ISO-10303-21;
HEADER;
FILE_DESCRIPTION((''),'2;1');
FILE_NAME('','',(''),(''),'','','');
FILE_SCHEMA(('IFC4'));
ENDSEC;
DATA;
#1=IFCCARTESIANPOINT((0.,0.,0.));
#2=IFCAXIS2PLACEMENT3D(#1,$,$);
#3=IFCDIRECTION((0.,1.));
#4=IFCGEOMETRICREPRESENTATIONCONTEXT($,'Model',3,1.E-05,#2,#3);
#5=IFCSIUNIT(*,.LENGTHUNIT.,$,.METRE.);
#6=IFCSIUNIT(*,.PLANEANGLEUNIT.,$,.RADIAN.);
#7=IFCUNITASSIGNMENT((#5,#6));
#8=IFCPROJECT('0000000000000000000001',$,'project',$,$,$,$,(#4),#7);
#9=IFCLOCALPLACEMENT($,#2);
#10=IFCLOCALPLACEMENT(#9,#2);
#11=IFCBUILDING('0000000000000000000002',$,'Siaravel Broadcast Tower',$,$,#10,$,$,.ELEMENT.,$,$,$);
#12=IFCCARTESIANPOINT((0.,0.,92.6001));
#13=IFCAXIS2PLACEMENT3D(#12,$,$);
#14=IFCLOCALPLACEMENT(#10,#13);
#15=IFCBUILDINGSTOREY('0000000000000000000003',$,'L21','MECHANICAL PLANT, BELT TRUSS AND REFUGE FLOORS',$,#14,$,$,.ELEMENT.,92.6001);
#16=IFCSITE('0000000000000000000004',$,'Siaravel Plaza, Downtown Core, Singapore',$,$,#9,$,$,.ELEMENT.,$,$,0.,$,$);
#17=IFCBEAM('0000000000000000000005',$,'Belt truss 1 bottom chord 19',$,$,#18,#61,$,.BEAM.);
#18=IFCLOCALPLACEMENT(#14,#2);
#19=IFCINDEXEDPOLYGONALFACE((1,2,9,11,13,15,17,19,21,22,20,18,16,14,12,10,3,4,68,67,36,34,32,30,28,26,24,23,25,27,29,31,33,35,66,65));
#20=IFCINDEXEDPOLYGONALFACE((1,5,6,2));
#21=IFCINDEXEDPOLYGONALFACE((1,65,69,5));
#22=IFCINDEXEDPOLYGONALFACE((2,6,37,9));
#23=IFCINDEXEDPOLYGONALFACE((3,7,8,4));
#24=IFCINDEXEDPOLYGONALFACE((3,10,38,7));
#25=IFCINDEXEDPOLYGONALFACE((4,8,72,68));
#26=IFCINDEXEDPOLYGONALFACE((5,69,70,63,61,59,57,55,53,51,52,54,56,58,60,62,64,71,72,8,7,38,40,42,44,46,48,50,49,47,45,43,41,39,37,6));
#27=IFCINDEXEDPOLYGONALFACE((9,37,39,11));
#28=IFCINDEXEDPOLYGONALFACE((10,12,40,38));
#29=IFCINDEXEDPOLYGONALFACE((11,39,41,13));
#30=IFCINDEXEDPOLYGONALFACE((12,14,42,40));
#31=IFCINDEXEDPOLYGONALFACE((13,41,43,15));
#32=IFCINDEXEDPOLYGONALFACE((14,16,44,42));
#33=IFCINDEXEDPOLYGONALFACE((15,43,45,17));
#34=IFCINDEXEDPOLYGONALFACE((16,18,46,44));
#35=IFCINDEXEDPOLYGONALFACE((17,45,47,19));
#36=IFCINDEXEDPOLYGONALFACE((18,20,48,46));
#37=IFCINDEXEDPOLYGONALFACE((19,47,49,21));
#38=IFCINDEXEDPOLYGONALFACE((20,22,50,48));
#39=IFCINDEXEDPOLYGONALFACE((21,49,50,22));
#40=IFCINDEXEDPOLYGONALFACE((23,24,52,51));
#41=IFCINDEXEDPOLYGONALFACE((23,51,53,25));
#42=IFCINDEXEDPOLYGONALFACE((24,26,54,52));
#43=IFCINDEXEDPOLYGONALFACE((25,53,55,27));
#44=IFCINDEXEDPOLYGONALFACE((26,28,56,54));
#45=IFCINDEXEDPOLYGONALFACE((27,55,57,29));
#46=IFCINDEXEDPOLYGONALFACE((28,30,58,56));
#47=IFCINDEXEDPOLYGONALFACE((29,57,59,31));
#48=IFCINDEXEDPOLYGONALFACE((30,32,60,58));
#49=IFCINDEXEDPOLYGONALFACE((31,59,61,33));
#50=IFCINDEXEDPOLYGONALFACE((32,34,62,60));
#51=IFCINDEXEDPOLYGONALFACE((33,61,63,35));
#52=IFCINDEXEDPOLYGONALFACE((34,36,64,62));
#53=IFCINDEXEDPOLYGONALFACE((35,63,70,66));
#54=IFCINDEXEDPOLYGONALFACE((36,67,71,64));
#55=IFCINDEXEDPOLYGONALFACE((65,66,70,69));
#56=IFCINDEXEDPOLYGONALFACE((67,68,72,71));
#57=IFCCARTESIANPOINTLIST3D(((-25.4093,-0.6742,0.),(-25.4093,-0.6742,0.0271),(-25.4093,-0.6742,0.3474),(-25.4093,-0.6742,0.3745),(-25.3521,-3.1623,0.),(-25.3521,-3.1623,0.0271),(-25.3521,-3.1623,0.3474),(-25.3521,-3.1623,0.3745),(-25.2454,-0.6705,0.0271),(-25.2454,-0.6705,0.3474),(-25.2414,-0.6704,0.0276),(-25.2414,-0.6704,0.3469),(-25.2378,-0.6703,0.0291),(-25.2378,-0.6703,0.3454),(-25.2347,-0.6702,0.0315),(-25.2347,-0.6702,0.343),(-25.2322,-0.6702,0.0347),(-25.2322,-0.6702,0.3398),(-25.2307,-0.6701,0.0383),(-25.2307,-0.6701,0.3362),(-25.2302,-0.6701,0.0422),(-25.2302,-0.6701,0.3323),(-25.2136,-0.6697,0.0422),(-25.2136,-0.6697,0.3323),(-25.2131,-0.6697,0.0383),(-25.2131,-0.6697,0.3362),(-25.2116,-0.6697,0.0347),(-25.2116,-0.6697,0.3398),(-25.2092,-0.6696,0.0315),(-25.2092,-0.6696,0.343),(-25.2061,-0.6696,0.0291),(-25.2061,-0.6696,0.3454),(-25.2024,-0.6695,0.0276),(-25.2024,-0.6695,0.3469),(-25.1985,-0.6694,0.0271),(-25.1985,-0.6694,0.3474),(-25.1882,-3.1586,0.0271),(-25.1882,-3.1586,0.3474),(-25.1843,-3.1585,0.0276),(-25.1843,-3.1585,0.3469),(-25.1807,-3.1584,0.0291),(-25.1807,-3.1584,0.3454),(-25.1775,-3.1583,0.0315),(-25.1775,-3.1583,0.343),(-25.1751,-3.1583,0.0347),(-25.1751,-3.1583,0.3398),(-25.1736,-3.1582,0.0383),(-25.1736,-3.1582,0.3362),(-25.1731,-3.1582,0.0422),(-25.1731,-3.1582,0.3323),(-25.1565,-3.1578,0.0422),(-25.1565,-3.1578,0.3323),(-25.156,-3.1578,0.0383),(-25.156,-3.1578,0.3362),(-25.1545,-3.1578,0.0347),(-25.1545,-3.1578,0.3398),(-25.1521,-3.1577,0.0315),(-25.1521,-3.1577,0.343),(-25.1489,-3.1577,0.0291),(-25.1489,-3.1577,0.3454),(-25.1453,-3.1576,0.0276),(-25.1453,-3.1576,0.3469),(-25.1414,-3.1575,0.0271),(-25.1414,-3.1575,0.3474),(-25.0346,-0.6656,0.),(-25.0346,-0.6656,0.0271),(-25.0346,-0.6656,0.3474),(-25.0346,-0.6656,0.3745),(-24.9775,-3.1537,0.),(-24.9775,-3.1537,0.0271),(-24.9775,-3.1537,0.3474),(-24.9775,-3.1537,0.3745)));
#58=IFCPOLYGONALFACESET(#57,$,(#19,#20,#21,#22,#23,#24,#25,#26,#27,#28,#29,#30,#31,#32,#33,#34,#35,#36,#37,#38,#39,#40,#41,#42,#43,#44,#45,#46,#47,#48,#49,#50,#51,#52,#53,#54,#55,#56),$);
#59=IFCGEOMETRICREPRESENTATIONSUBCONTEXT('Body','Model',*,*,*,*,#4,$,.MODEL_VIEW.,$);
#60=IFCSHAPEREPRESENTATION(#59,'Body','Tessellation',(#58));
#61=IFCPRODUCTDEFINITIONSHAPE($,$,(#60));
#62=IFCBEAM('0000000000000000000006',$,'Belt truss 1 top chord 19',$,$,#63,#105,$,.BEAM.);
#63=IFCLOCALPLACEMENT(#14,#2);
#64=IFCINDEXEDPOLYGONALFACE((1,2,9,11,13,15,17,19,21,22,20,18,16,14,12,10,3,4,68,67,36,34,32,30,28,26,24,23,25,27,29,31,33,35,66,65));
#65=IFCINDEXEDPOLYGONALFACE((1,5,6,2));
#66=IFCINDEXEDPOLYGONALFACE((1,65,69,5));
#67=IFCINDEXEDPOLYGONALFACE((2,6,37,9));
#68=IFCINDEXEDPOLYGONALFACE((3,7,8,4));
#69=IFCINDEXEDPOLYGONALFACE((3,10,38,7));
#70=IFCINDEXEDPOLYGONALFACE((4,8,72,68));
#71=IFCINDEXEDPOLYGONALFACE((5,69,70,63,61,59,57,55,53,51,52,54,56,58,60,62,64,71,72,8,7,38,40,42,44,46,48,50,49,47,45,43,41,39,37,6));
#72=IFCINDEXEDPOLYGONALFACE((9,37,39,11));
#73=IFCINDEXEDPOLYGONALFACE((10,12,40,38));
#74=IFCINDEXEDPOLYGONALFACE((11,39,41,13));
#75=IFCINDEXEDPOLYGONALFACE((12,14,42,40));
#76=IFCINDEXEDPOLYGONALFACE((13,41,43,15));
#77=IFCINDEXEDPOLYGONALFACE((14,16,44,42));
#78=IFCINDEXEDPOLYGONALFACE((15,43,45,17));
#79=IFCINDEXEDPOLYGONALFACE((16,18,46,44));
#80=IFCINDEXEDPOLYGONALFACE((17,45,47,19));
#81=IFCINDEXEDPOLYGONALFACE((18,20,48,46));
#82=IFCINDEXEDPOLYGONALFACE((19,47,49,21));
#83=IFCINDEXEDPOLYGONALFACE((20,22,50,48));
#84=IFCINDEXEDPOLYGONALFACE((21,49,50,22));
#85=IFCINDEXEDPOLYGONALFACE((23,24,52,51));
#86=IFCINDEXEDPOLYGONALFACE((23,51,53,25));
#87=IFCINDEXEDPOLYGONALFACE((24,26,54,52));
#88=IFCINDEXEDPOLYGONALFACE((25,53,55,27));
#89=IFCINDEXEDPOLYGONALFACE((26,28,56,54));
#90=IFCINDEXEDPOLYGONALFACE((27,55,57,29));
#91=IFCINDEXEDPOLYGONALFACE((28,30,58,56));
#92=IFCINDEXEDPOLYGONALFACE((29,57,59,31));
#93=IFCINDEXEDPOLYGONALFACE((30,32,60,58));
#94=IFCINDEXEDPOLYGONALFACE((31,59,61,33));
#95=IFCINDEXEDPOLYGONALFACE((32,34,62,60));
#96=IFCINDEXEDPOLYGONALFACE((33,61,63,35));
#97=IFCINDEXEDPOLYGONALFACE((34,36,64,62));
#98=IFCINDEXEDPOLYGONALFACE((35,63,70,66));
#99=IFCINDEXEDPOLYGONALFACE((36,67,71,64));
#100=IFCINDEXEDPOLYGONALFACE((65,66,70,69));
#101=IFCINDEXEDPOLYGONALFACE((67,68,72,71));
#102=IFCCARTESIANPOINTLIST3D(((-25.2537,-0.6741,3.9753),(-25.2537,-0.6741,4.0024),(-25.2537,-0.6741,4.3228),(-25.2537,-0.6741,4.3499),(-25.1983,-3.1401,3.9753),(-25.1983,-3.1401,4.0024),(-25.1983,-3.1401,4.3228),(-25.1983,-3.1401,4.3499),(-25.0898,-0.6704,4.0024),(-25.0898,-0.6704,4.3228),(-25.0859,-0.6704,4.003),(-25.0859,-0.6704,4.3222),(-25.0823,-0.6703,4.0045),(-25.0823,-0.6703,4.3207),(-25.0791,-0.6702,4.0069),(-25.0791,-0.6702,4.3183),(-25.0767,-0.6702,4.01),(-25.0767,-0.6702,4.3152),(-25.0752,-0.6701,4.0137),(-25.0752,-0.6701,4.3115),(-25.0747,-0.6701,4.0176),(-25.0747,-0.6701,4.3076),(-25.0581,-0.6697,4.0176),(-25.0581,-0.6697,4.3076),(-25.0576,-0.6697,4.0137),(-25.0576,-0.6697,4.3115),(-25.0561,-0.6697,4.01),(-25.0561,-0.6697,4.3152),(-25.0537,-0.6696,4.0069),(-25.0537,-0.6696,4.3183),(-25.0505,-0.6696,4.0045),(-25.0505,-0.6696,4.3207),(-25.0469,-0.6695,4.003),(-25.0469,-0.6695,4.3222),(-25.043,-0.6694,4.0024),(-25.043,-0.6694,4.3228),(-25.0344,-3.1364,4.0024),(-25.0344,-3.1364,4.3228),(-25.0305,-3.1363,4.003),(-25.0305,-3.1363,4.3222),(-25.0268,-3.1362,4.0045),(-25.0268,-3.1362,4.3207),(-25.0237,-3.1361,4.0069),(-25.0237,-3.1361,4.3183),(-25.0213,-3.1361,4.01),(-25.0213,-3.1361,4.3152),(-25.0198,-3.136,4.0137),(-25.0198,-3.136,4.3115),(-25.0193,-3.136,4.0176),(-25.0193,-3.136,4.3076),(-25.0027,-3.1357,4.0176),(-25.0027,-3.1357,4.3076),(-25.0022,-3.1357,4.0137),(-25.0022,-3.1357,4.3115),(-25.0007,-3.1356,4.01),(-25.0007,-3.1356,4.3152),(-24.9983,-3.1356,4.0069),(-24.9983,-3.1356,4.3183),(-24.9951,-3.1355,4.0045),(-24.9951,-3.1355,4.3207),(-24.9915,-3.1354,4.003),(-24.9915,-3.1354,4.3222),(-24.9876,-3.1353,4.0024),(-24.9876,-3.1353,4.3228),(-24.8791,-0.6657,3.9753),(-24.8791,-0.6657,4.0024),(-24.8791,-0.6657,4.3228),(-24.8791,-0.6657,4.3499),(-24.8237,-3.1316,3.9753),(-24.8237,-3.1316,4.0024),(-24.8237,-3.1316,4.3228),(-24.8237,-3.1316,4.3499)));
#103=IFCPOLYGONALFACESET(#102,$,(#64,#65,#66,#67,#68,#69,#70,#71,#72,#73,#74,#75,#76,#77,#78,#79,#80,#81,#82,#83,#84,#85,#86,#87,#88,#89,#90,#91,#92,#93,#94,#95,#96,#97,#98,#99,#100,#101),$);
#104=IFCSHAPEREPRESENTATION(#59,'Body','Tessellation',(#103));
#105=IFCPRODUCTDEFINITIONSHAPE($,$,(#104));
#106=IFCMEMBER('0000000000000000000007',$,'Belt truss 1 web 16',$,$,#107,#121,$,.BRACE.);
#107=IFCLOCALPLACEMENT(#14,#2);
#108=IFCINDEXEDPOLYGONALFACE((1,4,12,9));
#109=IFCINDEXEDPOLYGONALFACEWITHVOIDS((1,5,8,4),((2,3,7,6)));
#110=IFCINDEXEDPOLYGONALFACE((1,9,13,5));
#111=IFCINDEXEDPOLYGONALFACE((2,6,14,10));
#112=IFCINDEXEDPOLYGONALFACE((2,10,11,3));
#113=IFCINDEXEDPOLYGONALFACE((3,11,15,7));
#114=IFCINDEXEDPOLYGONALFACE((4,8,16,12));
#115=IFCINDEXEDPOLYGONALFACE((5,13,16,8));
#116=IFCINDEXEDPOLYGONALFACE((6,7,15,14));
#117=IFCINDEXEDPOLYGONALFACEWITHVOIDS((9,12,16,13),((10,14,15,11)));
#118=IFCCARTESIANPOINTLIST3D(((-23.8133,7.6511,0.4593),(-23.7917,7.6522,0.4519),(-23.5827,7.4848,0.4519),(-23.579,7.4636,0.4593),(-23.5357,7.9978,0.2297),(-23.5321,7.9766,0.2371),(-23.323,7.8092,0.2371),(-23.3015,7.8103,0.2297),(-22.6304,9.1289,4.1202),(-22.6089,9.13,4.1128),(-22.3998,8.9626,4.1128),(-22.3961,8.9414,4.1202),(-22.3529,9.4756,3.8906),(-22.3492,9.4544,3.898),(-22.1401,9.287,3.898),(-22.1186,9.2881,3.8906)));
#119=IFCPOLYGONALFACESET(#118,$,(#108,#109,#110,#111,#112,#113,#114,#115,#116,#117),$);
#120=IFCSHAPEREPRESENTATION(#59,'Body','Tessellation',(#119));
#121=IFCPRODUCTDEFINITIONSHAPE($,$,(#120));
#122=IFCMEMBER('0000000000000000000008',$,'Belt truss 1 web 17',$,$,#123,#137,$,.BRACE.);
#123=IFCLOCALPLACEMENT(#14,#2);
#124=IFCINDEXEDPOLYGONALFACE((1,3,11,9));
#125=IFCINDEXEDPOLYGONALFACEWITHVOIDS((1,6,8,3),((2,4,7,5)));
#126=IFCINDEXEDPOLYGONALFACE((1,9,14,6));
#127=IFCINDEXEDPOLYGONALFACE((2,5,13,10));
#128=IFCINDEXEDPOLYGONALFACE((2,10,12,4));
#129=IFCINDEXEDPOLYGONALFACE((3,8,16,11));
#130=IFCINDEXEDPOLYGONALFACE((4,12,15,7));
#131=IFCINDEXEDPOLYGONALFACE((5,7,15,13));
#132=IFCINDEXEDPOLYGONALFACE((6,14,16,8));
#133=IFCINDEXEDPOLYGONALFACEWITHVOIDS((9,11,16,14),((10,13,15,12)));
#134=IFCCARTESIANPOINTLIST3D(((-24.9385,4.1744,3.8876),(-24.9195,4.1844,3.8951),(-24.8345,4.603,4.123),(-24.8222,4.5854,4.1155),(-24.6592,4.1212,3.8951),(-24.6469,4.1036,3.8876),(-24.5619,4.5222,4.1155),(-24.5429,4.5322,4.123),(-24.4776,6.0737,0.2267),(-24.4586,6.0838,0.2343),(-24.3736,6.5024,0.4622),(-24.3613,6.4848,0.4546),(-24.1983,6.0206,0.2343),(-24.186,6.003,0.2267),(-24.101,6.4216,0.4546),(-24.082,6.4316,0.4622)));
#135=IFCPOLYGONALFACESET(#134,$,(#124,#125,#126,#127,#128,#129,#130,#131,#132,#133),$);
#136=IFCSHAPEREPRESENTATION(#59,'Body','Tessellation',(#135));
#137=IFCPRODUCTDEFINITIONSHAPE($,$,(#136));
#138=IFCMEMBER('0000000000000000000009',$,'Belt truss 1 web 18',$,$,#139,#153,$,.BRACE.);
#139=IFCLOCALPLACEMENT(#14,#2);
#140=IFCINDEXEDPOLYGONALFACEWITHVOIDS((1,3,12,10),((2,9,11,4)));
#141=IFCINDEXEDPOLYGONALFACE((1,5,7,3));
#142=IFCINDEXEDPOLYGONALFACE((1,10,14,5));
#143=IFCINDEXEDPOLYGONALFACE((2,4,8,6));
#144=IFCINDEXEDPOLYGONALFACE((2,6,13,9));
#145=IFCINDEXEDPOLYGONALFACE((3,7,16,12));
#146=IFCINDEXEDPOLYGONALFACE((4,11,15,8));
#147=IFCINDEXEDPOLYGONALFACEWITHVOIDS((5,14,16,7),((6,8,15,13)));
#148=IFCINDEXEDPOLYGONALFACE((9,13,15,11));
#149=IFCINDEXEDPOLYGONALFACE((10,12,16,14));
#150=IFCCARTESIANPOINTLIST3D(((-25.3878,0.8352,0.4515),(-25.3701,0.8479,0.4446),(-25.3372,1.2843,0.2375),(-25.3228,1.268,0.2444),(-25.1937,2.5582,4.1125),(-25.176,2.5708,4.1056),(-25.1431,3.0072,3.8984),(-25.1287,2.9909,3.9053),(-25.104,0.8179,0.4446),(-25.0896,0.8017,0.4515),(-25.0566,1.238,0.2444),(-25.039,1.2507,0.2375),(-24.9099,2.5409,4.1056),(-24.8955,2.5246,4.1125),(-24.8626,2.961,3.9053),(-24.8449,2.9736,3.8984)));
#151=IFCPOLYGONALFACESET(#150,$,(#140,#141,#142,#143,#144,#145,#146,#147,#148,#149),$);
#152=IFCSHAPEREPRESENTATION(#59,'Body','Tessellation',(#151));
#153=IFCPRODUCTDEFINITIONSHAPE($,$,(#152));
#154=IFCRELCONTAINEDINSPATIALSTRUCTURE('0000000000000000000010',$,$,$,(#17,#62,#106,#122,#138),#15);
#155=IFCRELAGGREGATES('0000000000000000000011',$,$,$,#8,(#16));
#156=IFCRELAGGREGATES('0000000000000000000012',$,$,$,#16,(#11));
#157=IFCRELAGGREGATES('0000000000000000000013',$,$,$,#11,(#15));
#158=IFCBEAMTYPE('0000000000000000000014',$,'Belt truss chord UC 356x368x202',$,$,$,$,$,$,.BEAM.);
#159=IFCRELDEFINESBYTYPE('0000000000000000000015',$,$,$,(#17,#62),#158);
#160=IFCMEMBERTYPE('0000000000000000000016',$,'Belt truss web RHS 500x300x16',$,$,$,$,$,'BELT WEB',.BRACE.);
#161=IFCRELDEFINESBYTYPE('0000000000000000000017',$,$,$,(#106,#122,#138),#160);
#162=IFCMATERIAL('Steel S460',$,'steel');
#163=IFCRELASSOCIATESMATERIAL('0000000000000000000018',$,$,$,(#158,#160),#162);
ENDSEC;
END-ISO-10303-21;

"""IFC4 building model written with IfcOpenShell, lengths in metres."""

from ifc_helpers import new_model, si_unit, direction, frame, origin, origin_2d, place, context, subcontext, project, spatial, hollow_rectangle, i_section, extrude, material, material_profile, profile_set, type_object, element, save


model = new_model("IFC4")

# Units and contexts
model_context = context("Model", 3, precision=1e-05, world=origin(), true_north=direction((0.0, 1.0)))
body_context = subcontext(model_context, "Body", "Model", "MODEL_VIEW")
ifc_project = project(units=[si_unit("LENGTHUNIT", "METRE"), si_unit("PLANEANGLEUNIT", "RADIAN")], contexts=[model_context])

# Site, building, storey
site_placement = place(None, origin())
site = spatial("IfcSite", under=ifc_project, at=site_placement, Name="Siaravel Plaza, Downtown Core, Singapore", CompositionType="ELEMENT", RefElevation=0.0)
building_placement = place(site_placement, origin())
building = spatial("IfcBuilding", under=site, at=building_placement, Name="Siaravel Broadcast Tower", CompositionType="ELEMENT")
storey_placement = place(building_placement, frame((0.0, 0.0, 92.6001)))
storey = spatial("IfcBuildingStorey", under=building, at=storey_placement, Name="L21", Description="MECHANICAL PLANT, BELT TRUSS AND REFUGE FLOORS", CompositionType="ELEMENT", Elevation=92.6001)

# Beams
ifc_material_1 = material(Name="Steel S460", Category="steel")
ifc_material_profile_1 = material_profile(ifc_material_1, i_section(OverallWidth=0.3748, OverallDepth=0.3745, WebThickness=0.0166, FlangeThickness=0.0271, FilletRadius=0.0151, at=origin_2d()))
ifc_profile_set_1 = profile_set([ifc_material_profile_1], Name="Steel S460")
beam_type_1 = type_object("IfcBeamType", Name="Belt truss chord UC 356x368x202", PredefinedType="BEAM", material=ifc_profile_set_1)
beam_1_placement = place(storey_placement, frame((-25.2219, -0.6699, 0.1873), z_axis=(0.022955, -0.999736, 0.0), x_axis=(0.999736, 0.022955, 0.0)))
element("IfcBeam", 1, at=beam_1_placement, inside=storey, type_object=beam_type_1, Name="Belt truss 1 bottom chord 19", PredefinedType="BEAM", context=body_context, shape_type="SweptSolid", body=[
    extrude(i_section(OverallWidth=0.3748, OverallDepth=0.3745, WebThickness=0.0166, FlangeThickness=0.0271, FilletRadius=0.0151, at=origin_2d()), origin(), (0.0, 0.0, 1.0), 2.4888),
])
beam_2_placement = place(storey_placement, frame((-25.0664, -0.6699, 4.1626), z_axis=(0.02247, -0.999748, 0.0), x_axis=(0.999748, 0.02247, 0.0)))
element("IfcBeam", 2, at=beam_2_placement, inside=storey, type_object=beam_type_1, Name="Belt truss 1 top chord 19", PredefinedType="BEAM", context=body_context, shape_type="SweptSolid", body=[
    extrude(i_section(OverallWidth=0.3748, OverallDepth=0.3745, WebThickness=0.0166, FlangeThickness=0.0271, FilletRadius=0.0151, at=origin_2d()), origin(), (0.0, 0.0, 1.0), 2.4666),
])

# Members
ifc_material_profile_2 = material_profile(ifc_material_1, hollow_rectangle(XDim=0.3, YDim=0.5, WallThickness=0.0161, at=origin_2d()))
ifc_profile_set_2 = profile_set([ifc_material_profile_2], Name="Steel S460")
member_type_1 = type_object("IfcMemberType", Name="Belt truss web RHS 500x300x16", ElementType="BELT WEB", PredefinedType="BRACE", material=ifc_profile_set_2)
member_1_placement = place(storey_placement, frame((-23.5574, 7.7307, 0.3445), z_axis=(0.287012, 0.358572, 0.888285), x_axis=(-0.780705, 0.6249, 0.0)))
element("IfcMember", 3, at=member_1_placement, inside=storey, type_object=member_type_1, Name="Belt truss 1 web 16", PredefinedType="BRACE", context=body_context, shape_type="SweptSolid", body=[
    extrude(hollow_rectangle(XDim=0.3, YDim=0.5, WallThickness=0.0161, at=origin_2d()), origin(), (0.0, 0.0, 1.0), 4.1213),
])
member_2_placement = place(storey_placement, frame((-24.2798, 6.2527, 0.3445), z_axis=(-0.11107, -0.457692, 0.882146), x_axis=(0.971795, -0.235829, 0.0)))
element("IfcMember", 4, at=member_2_placement, inside=storey, type_object=member_type_1, Name="Belt truss 1 web 17", PredefinedType="BRACE", context=body_context, shape_type="SweptSolid", body=[
    extrude(hollow_rectangle(XDim=0.3, YDim=0.5, WallThickness=0.0161, at=origin_2d()), origin(), (0.0, 0.0, 1.0), 4.1499),
])
member_3_placement = place(storey_placement, frame((-25.2134, 1.043, 0.3445), z_axis=(0.047916, 0.425334, 0.903767), x_axis=(-0.993714, 0.111946, 0.0)))
element("IfcMember", 5, at=member_3_placement, inside=storey, type_object=member_type_1, Name="Belt truss 1 web 18", PredefinedType="BRACE", context=body_context, shape_type="SweptSolid", body=[
    extrude(hollow_rectangle(XDim=0.3, YDim=0.5, WallThickness=0.0161, at=origin_2d()), origin(), (0.0, 0.0, 1.0), 4.0508),
])

save(model, "model.ifc")
